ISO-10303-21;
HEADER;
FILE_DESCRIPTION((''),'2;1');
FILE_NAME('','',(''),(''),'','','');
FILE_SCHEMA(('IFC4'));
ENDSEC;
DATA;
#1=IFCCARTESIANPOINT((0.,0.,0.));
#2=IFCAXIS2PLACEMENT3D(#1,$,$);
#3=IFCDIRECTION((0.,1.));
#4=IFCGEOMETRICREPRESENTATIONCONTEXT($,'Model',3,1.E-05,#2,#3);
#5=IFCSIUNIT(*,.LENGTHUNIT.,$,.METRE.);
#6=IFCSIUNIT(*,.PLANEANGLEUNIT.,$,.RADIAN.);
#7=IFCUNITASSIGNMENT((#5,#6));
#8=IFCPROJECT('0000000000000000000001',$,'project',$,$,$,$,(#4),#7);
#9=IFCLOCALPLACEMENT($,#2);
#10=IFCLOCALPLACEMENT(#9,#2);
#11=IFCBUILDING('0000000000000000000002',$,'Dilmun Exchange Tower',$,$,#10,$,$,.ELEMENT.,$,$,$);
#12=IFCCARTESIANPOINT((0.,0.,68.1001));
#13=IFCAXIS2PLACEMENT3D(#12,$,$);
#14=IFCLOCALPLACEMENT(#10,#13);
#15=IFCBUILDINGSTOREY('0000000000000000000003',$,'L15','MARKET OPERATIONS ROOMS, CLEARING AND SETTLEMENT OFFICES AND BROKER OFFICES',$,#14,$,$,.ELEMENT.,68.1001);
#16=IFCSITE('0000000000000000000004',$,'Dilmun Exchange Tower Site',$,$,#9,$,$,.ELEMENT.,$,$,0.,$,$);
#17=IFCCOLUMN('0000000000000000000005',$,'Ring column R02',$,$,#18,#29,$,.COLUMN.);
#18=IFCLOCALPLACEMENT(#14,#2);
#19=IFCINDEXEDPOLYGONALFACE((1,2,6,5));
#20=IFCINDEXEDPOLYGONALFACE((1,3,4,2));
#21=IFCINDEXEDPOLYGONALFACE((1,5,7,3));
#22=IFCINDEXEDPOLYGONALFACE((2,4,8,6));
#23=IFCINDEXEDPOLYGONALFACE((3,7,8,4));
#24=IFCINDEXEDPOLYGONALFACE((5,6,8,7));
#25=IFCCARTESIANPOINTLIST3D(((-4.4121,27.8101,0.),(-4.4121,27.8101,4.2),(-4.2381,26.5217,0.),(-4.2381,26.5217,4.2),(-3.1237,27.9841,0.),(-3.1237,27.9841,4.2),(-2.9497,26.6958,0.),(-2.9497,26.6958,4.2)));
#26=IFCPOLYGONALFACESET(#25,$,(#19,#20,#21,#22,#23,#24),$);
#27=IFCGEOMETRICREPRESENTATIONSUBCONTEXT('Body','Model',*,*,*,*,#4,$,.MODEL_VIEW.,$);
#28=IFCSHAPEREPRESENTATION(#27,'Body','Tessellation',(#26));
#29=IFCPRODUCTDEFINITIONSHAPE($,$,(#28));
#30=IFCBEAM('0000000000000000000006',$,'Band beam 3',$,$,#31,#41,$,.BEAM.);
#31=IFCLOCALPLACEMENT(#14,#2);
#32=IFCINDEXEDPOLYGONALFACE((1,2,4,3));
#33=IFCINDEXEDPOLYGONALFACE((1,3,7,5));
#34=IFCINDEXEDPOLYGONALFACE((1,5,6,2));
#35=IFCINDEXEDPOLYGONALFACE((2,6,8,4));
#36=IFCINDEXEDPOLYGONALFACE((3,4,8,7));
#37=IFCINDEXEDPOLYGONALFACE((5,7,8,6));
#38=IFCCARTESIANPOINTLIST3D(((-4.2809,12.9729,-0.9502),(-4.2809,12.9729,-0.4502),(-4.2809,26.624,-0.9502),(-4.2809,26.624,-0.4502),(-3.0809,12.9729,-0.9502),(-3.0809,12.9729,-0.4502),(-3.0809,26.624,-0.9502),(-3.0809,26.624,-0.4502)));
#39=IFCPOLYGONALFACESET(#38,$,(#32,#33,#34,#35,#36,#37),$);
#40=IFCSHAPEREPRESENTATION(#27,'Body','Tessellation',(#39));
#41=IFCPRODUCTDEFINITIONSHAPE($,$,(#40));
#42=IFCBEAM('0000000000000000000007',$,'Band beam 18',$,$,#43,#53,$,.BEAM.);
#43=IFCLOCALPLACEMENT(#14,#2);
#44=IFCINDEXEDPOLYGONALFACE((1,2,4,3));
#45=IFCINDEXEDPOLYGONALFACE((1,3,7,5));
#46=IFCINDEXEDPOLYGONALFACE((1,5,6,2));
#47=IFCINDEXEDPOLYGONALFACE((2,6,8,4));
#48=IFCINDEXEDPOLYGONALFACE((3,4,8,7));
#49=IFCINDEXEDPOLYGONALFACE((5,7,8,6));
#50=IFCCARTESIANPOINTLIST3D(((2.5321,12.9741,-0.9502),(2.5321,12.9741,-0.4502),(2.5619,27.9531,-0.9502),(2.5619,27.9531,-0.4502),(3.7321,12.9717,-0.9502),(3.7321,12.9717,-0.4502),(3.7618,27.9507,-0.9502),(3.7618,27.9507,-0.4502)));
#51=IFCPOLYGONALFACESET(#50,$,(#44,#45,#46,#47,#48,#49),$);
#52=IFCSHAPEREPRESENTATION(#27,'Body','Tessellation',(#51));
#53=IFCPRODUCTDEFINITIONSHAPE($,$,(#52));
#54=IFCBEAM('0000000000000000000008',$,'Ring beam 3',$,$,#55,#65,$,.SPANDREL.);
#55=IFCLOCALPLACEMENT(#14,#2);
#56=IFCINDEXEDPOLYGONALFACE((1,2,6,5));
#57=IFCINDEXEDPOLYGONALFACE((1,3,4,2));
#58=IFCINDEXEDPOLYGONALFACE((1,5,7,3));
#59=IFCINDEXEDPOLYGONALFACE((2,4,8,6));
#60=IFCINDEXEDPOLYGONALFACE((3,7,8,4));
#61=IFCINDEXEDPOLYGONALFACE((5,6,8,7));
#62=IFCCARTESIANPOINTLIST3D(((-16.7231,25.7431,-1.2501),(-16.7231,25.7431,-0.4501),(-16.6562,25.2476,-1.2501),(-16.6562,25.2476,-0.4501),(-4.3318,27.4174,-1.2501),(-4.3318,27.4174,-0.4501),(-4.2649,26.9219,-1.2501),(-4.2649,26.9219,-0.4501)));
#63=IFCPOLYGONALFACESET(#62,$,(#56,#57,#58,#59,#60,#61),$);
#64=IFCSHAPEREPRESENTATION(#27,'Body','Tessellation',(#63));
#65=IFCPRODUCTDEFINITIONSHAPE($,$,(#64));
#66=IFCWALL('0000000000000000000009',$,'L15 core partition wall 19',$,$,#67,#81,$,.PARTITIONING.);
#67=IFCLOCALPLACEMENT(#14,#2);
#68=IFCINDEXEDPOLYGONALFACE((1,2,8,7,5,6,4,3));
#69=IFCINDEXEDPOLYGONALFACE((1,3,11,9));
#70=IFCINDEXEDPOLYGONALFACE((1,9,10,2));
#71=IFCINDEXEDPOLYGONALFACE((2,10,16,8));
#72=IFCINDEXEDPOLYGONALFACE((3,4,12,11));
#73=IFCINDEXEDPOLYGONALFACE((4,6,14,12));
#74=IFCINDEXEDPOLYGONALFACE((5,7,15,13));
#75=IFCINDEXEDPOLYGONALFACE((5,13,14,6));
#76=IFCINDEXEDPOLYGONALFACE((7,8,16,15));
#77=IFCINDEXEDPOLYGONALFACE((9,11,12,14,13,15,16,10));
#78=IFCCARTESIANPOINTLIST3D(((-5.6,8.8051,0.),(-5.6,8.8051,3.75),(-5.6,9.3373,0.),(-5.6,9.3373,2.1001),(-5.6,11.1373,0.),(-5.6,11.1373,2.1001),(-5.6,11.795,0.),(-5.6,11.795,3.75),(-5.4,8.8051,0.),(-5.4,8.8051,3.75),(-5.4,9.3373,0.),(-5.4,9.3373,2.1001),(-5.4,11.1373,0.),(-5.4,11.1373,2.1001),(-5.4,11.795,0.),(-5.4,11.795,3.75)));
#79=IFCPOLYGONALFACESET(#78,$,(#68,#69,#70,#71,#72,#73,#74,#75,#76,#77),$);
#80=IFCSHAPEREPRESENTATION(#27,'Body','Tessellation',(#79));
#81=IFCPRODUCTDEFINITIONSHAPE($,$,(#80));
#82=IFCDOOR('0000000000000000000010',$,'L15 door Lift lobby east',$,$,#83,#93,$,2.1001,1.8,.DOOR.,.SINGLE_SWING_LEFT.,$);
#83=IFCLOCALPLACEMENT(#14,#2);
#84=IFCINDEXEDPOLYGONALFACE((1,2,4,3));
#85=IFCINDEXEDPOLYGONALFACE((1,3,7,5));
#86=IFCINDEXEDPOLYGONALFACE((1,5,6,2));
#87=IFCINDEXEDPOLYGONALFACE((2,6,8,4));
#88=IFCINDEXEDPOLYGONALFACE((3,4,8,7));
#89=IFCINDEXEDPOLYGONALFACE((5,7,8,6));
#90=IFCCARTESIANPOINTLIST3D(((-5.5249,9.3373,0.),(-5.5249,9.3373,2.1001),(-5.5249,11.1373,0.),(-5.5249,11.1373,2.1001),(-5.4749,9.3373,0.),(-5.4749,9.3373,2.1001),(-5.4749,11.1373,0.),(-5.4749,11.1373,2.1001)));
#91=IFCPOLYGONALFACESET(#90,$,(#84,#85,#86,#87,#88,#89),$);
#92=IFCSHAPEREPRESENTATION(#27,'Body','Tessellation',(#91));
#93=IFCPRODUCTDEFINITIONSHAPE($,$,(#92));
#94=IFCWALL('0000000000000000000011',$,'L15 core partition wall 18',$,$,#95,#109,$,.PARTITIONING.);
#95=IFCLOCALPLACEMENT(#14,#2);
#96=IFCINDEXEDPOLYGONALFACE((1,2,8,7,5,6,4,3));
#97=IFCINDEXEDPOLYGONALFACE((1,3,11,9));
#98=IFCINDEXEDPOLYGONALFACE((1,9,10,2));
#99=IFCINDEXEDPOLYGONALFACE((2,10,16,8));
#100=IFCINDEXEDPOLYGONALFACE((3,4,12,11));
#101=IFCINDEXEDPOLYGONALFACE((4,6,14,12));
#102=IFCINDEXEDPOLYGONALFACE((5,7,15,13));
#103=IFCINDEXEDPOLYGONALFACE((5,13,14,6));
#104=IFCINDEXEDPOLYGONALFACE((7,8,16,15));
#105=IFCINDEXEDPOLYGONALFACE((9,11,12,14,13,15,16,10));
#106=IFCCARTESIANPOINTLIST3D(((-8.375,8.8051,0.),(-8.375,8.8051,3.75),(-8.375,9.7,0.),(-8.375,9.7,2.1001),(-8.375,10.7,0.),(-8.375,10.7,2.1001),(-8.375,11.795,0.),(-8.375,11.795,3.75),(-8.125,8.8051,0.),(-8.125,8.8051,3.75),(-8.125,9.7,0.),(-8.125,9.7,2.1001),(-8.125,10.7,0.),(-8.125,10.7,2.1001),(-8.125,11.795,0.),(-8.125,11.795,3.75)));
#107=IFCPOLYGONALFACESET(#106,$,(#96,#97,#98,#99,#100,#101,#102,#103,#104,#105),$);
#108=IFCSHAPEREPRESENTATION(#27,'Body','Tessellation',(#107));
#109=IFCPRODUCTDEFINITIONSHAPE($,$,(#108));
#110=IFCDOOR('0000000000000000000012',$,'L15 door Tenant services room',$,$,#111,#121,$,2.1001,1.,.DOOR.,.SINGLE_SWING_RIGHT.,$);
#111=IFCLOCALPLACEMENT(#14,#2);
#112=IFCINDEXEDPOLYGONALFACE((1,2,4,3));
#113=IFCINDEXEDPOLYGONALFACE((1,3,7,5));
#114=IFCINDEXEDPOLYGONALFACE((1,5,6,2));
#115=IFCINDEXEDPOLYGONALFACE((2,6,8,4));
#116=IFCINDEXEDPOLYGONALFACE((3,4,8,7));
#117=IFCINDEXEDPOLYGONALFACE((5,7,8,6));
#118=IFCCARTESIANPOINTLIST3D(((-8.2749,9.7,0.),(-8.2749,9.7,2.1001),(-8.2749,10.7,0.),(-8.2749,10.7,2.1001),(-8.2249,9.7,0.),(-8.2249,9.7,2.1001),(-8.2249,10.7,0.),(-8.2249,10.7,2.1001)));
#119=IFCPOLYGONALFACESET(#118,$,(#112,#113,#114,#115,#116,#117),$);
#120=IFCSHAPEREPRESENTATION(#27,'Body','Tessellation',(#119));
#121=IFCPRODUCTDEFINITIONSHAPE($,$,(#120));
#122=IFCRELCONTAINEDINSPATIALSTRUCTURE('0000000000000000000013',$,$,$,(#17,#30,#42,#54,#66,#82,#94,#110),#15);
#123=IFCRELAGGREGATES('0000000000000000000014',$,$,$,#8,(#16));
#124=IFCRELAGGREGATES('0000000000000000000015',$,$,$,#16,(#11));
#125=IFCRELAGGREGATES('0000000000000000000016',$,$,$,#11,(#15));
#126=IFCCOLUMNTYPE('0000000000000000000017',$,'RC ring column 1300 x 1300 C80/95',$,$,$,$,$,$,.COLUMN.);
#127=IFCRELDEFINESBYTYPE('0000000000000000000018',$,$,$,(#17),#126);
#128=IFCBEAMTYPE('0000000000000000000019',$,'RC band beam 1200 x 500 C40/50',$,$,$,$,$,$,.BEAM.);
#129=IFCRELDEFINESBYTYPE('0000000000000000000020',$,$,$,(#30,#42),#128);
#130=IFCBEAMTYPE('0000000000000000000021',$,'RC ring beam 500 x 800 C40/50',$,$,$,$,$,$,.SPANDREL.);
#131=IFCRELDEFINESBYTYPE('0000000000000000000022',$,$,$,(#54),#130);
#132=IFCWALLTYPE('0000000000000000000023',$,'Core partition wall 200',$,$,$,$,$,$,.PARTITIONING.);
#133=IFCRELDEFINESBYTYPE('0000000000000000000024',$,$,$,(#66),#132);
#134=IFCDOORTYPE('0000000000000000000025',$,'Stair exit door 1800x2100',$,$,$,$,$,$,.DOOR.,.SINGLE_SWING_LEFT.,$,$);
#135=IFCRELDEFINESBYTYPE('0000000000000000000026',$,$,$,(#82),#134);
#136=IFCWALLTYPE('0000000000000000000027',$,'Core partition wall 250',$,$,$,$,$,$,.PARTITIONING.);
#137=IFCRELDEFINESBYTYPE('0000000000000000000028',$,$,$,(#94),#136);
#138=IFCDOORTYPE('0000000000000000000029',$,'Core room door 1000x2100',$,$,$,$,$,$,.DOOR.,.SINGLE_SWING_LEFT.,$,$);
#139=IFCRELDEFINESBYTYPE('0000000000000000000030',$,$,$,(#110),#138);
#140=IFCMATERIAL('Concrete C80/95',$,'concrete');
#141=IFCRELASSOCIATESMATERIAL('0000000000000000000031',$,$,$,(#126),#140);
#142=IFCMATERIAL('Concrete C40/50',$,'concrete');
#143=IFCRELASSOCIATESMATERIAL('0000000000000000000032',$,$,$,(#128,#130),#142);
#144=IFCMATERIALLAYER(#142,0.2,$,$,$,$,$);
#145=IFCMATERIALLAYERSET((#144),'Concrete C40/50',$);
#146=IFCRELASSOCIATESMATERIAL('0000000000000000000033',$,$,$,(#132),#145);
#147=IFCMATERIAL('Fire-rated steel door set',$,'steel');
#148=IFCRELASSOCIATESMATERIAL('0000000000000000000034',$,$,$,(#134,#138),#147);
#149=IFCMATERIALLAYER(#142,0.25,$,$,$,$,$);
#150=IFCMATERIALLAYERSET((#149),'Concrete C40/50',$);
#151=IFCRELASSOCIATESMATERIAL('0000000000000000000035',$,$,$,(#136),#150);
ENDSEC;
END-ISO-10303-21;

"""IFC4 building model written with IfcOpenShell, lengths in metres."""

from ifc_helpers import new_model, si_unit, direction, frame, frame_2d, origin, origin_2d, place, context, subcontext, project, spatial, rectangle, extrude, material, layer, layer_set, material_profile, profile_set, type_object, element, fill, save


model = new_model("IFC4")

# Units and contexts
model_context = context("Model", 3, precision=1e-05, world=origin(), true_north=direction((0.0, 1.0)))
body_context = subcontext(model_context, "Body", "Model", "MODEL_VIEW")
ifc_project = project(units=[si_unit("LENGTHUNIT", "METRE"), si_unit("PLANEANGLEUNIT", "RADIAN")], contexts=[model_context])

# Site, building, storey
site_placement = place(None, origin())
site = spatial("IfcSite", under=ifc_project, at=site_placement, Name="Dilmun Exchange Tower Site", CompositionType="ELEMENT", RefElevation=0.0)
building_placement = place(site_placement, origin())
building = spatial("IfcBuilding", under=site, at=building_placement, Name="Dilmun Exchange Tower", CompositionType="ELEMENT")
storey_placement = place(building_placement, frame((0.0, 0.0, 68.1001)))
storey = spatial("IfcBuildingStorey", under=building, at=storey_placement, Name="L15", Description="MARKET OPERATIONS ROOMS, CLEARING AND SETTLEMENT OFFICES AND BROKER OFFICES", CompositionType="ELEMENT", Elevation=68.1001)

# Column
ifc_material_1 = material(Name="Concrete C80/95", Category="concrete")
ifc_material_profile_1 = material_profile(ifc_material_1, rectangle(XDim=1.3, YDim=1.3, at=origin_2d()), Name="1300 x 1300")
ifc_profile_set_1 = profile_set([ifc_material_profile_1], Name="Concrete C80/95")
column_type = type_object("IfcColumnType", Name="RC ring column 1300 x 1300 C80/95", PredefinedType="COLUMN", material=ifc_profile_set_1)
column_placement = place(storey_placement, frame((-3.6809, 27.2529, 0.0), z_axis=(0.0, 0.0, 1.0), x_axis=(0.991001, 0.133853, 0.0)))
element("IfcColumn", 1, at=column_placement, inside=storey, type_object=column_type, Name="Ring column R02", PredefinedType="COLUMN", context=body_context, shape_type="SweptSolid", body=[
    extrude(rectangle(XDim=1.3, YDim=1.3, at=origin_2d()), origin(), (0.0, 0.0, 1.0), 4.2),
])

# Beams
ifc_material_2 = material(Name="Concrete C40/50", Category="concrete")
ifc_material_profile_2 = material_profile(ifc_material_2, rectangle(XDim=1.2, YDim=0.5, at=origin_2d()), Name="1200 x 500")
ifc_profile_set_2 = profile_set([ifc_material_profile_2], Name="Concrete C40/50")
beam_type_1 = type_object("IfcBeamType", Name="RC band beam 1200 x 500 C40/50", PredefinedType="BEAM", material=ifc_profile_set_2)
beam_1_placement = place(storey_placement, frame((-3.6809, 26.624, -0.7002), z_axis=(0.0, -1.0, 0.0), x_axis=(1.0, 0.0, 0.0)))
element("IfcBeam", 2, at=beam_1_placement, inside=storey, type_object=beam_type_1, Name="Band beam 3", PredefinedType="BEAM", context=body_context, shape_type="SweptSolid", body=[
    extrude(rectangle(XDim=1.2, YDim=0.5, at=origin_2d()), origin(), (0.0, 0.0, 1.0), 13.6511),
])
beam_2_placement = place(storey_placement, frame((3.1619, 27.9519, -0.7002), z_axis=(-0.001988, -0.999998, 0.0), x_axis=(0.999998, -0.001988, 0.0)))
element("IfcBeam", 3, at=beam_2_placement, inside=storey, type_object=beam_type_1, Name="Band beam 18", PredefinedType="BEAM", context=body_context, shape_type="SweptSolid", body=[
    extrude(rectangle(XDim=1.2, YDim=0.5, at=origin_2d()), origin(), (0.0, 0.0, 1.0), 14.979),
])
ifc_material_profile_3 = material_profile(ifc_material_2, rectangle(XDim=0.5, YDim=0.8, at=origin_2d()), Name="500 x 800")
ifc_profile_set_3 = profile_set([ifc_material_profile_3], Name="Concrete C40/50")
beam_type_2 = type_object("IfcBeamType", Name="RC ring beam 500 x 800 C40/50", PredefinedType="SPANDREL", material=ifc_profile_set_3)
beam_3_placement = place(storey_placement, frame((-4.2983, 27.1697, -0.8501), z_axis=(-0.990994, -0.133903, 0.0), x_axis=(0.133903, -0.990994, 0.0)))
element("IfcBeam", 4, at=beam_3_placement, inside=storey, type_object=beam_type_2, Name="Ring beam 3", PredefinedType="SPANDREL", context=body_context, shape_type="SweptSolid", body=[
    extrude(rectangle(XDim=0.5, YDim=0.8, at=origin_2d()), origin(), (0.0, 0.0, 1.0), 12.5039),
])

# Walls, openings, doors
ifc_layer_1 = layer(ifc_material_2, 0.2)
ifc_layer_set_1 = layer_set([ifc_layer_1], Name="Concrete C40/50")
wall_type_1 = type_object("IfcWallType", Name="Core partition wall 200", PredefinedType="PARTITIONING", material=ifc_layer_set_1)
wall_1_placement = place(storey_placement, frame((-5.5, 8.8049, 0.0), z_axis=(0.0, 0.0, 1.0), x_axis=(0.0, 1.0, 0.0)))
wall_1 = element("IfcWall", 5, at=wall_1_placement, inside=storey, type_object=wall_type_1, Name="L15 core partition wall 19", PredefinedType="PARTITIONING", context=body_context, shape_type="SweptSolid", body=[
    extrude(rectangle(XDim=2.99, YDim=0.2, at=frame_2d((1.4951, 0.0))), origin(), (0.0, 0.0, 1.0), 3.75),
])
opening_1_placement = place(wall_1_placement, frame((0.5325, 0.0, 0.0)))
opening_1 = element("IfcOpeningElement", 6, at=opening_1_placement, cuts=wall_1, PredefinedType="OPENING", context=body_context, shape_type="SweptSolid", body=[
    extrude(rectangle(XDim=1.8, YDim=2.1001, at=frame_2d((0.8999, 1.05))), frame((0.0, 0.1099, 0.0), z_axis=(0.0, -1.0, 0.0), x_axis=(1.0, 0.0, 0.0)), (0.0, 0.0, 1.0), 0.22),
])
ifc_material_3 = material(Name="Fire-rated steel door set", Category="steel")
door_type_1 = type_object("IfcDoorType", Name="Stair exit door 1800x2100", OperationType="SINGLE_SWING_LEFT", PredefinedType="DOOR", material=ifc_material_3)
door_1_placement = place(opening_1_placement, origin())
door_1 = element("IfcDoor", 7, at=door_1_placement, inside=storey, type_object=door_type_1, Name="L15 door Lift lobby east", OperationType="SINGLE_SWING_LEFT", OverallHeight=2.1001, OverallWidth=1.8, PredefinedType="DOOR", context=body_context, shape_type="SweptSolid", body=[
    extrude(rectangle(XDim=1.8, YDim=2.1001, at=frame_2d((0.8999, 1.05))), frame((0.0, 0.0249, 0.0), z_axis=(0.0, -1.0, 0.0), x_axis=(1.0, 0.0, 0.0)), (0.0, 0.0, 1.0), 0.05),
])
fill(opening_1, door_1)
ifc_layer_2 = layer(ifc_material_2, 0.25)
ifc_layer_set_2 = layer_set([ifc_layer_2], Name="Concrete C40/50")
wall_type_2 = type_object("IfcWallType", Name="Core partition wall 250", PredefinedType="PARTITIONING", material=ifc_layer_set_2)
wall_2_placement = place(storey_placement, frame((-8.25, 8.8049, 0.0), z_axis=(0.0, 0.0, 1.0), x_axis=(0.0, 1.0, 0.0)))
wall_2 = element("IfcWall", 8, at=wall_2_placement, inside=storey, type_object=wall_type_2, Name="L15 core partition wall 18", PredefinedType="PARTITIONING", context=body_context, shape_type="SweptSolid", body=[
    extrude(rectangle(XDim=2.99, YDim=0.25, at=frame_2d((1.4951, 0.0))), origin(), (0.0, 0.0, 1.0), 3.75),
])
opening_2_placement = place(wall_2_placement, frame((0.895, 0.0, 0.0)))
opening_2 = element("IfcOpeningElement", 9, at=opening_2_placement, cuts=wall_2, PredefinedType="OPENING", context=body_context, shape_type="SweptSolid", body=[
    extrude(rectangle(XDim=1.0, YDim=2.1001, at=frame_2d((0.5, 1.05))), frame((0.0, 0.135, 0.0), z_axis=(0.0, -1.0, 0.0), x_axis=(1.0, 0.0, 0.0)), (0.0, 0.0, 1.0), 0.27),
])
door_type_2 = type_object("IfcDoorType", Name="Core room door 1000x2100", OperationType="SINGLE_SWING_LEFT", PredefinedType="DOOR", material=ifc_material_3)
door_2_placement = place(opening_2_placement, origin())
door_2 = element("IfcDoor", 10, at=door_2_placement, inside=storey, type_object=door_type_2, Name="L15 door Tenant services room", OperationType="SINGLE_SWING_RIGHT", OverallHeight=2.1001, OverallWidth=1.0, PredefinedType="DOOR", context=body_context, shape_type="SweptSolid", body=[
    extrude(rectangle(XDim=1.0, YDim=2.1001, at=frame_2d((0.5, 1.05))), frame((0.0, 0.0249, 0.0), z_axis=(0.0, -1.0, 0.0), x_axis=(1.0, 0.0, 0.0)), (0.0, 0.0, 1.0), 0.05),
])
fill(opening_2, door_2)

save(model, "model.ifc")
